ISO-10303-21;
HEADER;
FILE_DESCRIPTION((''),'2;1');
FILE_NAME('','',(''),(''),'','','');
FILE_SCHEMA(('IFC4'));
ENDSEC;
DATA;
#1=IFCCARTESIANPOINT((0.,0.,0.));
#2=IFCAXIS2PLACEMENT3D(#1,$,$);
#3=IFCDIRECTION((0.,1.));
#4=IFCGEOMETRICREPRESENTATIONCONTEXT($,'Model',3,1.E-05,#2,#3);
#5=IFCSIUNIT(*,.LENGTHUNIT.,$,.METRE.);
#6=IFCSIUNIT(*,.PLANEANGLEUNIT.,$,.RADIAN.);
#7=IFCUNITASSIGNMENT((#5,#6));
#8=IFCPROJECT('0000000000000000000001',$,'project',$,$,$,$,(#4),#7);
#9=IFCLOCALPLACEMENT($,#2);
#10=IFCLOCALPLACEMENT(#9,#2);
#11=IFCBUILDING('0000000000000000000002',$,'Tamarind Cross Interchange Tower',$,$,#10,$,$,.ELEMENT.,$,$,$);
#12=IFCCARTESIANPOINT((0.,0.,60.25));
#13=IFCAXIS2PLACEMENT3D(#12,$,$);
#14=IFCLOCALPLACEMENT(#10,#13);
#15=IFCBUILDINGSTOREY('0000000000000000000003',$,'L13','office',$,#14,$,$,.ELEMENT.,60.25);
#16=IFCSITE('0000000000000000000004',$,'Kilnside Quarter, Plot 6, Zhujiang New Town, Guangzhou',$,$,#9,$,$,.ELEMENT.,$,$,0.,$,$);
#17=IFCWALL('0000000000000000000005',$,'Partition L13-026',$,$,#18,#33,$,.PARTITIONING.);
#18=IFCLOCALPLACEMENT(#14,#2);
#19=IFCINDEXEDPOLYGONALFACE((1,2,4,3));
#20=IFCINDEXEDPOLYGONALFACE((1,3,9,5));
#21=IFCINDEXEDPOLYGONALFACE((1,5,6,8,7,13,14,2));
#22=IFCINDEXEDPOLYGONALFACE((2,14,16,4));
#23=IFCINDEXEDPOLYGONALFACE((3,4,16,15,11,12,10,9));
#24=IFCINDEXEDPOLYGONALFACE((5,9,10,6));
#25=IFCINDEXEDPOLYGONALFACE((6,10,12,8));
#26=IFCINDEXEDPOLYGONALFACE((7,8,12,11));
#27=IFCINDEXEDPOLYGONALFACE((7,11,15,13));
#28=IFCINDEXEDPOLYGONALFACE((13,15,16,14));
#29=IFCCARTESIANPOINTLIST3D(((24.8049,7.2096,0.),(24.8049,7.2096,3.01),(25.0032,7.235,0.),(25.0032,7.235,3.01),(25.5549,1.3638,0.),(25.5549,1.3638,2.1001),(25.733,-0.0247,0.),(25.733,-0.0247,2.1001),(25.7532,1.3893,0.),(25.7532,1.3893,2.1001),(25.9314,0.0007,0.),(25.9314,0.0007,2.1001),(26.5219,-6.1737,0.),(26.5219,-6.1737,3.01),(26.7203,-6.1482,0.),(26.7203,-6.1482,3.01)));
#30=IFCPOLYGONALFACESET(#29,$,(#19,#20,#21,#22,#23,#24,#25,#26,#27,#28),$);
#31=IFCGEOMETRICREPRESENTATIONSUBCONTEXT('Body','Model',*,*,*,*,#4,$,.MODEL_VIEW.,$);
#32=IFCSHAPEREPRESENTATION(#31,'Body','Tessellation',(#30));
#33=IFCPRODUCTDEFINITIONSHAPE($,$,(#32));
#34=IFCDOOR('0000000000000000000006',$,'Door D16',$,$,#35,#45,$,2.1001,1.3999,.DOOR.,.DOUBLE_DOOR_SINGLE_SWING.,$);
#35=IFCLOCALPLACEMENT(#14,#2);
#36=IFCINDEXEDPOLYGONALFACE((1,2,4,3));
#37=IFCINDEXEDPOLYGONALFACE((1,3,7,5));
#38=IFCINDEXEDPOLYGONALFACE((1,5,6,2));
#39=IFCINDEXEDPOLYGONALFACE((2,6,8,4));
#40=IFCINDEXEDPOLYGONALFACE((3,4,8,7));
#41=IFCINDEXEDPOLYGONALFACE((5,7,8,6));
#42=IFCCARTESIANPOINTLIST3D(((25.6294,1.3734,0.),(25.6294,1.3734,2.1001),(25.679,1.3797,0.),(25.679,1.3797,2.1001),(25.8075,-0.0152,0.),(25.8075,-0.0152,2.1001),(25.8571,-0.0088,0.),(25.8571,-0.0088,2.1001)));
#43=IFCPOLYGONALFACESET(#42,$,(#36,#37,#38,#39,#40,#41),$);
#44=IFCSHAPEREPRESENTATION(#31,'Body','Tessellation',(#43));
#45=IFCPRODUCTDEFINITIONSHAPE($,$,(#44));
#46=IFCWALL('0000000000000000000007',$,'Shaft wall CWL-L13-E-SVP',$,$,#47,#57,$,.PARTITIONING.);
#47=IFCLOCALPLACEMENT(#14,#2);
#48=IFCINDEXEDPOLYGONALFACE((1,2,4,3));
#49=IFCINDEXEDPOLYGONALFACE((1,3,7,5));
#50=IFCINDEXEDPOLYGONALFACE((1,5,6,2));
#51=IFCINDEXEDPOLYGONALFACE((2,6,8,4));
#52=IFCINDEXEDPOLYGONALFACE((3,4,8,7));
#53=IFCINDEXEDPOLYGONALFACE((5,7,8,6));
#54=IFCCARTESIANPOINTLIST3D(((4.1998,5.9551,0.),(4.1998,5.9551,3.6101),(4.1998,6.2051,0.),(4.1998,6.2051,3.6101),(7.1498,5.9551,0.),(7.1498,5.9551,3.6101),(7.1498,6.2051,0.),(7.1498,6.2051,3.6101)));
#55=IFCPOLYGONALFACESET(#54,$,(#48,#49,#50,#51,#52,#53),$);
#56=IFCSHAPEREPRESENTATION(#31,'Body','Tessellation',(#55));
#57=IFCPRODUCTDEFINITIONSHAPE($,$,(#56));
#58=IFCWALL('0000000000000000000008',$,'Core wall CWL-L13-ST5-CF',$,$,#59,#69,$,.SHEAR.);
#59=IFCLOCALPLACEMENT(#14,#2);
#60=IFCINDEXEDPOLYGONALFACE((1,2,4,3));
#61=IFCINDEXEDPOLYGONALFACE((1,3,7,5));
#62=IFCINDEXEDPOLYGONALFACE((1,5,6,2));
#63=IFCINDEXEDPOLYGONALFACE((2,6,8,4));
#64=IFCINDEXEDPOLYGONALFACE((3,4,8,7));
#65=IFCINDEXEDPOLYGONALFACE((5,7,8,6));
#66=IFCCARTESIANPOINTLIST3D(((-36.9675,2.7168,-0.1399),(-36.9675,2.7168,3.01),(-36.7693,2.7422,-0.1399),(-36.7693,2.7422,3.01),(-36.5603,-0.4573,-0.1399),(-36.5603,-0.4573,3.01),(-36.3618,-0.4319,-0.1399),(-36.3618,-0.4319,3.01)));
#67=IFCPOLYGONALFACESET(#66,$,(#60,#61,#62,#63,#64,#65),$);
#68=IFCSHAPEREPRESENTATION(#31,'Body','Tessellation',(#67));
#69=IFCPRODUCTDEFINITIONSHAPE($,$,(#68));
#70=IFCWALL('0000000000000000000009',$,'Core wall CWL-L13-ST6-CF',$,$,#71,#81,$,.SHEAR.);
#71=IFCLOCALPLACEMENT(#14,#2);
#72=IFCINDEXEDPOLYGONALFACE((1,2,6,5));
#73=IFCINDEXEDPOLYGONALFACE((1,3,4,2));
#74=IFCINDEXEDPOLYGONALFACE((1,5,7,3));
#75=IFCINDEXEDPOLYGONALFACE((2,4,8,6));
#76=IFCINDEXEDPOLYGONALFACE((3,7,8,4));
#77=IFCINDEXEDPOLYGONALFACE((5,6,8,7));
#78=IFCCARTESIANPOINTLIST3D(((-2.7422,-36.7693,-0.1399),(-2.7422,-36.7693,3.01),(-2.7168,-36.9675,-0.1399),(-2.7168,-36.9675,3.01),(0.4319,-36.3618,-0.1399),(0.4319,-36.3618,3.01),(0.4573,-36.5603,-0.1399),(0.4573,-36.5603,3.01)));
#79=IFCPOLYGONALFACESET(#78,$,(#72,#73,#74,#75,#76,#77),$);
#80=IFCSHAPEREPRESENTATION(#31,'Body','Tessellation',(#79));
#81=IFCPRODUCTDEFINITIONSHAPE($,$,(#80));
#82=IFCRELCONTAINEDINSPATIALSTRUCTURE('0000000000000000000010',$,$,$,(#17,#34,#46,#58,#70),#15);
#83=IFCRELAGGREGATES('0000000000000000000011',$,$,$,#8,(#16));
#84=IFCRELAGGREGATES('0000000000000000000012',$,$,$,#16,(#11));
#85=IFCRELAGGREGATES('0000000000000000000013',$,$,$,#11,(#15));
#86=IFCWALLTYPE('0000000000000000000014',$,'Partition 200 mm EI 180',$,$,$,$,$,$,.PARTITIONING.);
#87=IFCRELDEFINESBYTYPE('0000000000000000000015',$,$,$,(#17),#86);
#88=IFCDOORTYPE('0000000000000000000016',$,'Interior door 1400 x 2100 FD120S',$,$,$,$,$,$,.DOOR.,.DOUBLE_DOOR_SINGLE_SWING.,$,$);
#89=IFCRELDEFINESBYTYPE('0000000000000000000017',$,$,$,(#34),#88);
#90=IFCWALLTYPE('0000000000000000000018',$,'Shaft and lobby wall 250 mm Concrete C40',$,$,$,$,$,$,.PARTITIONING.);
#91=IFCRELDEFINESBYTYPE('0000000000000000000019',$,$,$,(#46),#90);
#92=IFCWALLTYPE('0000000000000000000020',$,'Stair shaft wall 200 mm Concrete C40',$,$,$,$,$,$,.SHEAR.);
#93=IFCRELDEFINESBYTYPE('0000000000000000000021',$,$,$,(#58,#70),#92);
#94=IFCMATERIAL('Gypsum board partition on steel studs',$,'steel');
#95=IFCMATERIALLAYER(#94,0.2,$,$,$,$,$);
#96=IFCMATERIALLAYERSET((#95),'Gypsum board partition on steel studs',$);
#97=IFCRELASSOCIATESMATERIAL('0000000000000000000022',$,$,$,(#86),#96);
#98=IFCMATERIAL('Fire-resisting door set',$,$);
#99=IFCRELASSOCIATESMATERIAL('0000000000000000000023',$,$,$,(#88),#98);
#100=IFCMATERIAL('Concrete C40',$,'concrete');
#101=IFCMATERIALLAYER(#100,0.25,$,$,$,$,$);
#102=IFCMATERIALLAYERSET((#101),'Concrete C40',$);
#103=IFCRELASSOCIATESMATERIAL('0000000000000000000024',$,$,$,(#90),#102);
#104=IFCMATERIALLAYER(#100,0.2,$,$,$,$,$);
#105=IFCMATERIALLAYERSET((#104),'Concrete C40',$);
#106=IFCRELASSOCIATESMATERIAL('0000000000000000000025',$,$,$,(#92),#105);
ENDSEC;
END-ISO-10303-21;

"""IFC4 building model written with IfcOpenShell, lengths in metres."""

from ifc_helpers import new_model, si_unit, direction, frame, frame_2d, origin, place, context, subcontext, project, spatial, polyline, rectangle, outline, extrude, material, layer, layer_set, type_object, element, fill, save


model = new_model("IFC4")

# Units and contexts
model_context = context("Model", 3, precision=1e-05, world=origin(), true_north=direction((0.0, 1.0)))
body_context = subcontext(model_context, "Body", "Model", "MODEL_VIEW")
ifc_project = project(units=[si_unit("LENGTHUNIT", "METRE"), si_unit("PLANEANGLEUNIT", "RADIAN")], contexts=[model_context])

# Site, building, storey
site_placement = place(None, origin())
site = spatial("IfcSite", under=ifc_project, at=site_placement, Name="Kilnside Quarter, Plot 6, Zhujiang New Town, Guangzhou", CompositionType="ELEMENT", RefElevation=0.0)
building_placement = place(site_placement, origin())
building = spatial("IfcBuilding", under=site, at=building_placement, Name="Tamarind Cross Interchange Tower", CompositionType="ELEMENT")
storey_placement = place(building_placement, frame((0.0, 0.0, 60.25)))
storey = spatial("IfcBuildingStorey", under=building, at=storey_placement, Name="L13", Description="office", CompositionType="ELEMENT", Elevation=60.25)

# Shared definitions
ifc_material_1 = material(Name="Concrete C40", Category="concrete")

# Shared definitions
ifc_material_2 = material(Name="Gypsum board partition on steel studs", Category="steel")

# Shared definitions
ifc_material_3 = material(Name="Fire-resisting door set")

# Wall, opening, door
ifc_layer_1 = layer(ifc_material_2, 0.2)
ifc_layer_set_1 = layer_set([ifc_layer_1], Name="Gypsum board partition on steel studs")
wall_type_1 = type_object("IfcWallType", Name="Partition 200 mm EI 180", PredefinedType="PARTITIONING", material=ifc_layer_set_1)
wall_1_placement = place(storey_placement, frame((24.9041, 7.2224, 0.0), z_axis=(0.0, 0.0, 1.0), x_axis=(0.127254, -0.99187, 0.0)))
wall_1 = element("IfcWall", 1, at=wall_1_placement, inside=storey, type_object=wall_type_1, Name="Partition L13-026", PredefinedType="PARTITIONING", context=body_context, shape_type="SweptSolid", body=[
    extrude(rectangle(XDim=13.4929, YDim=0.2, at=frame_2d((6.7466, 0.0))), origin(), (0.0, 0.0, 1.0), 3.01),
])
opening_1_placement = place(wall_1_placement, frame((5.8938, 0.0, 0.0)))
opening_1 = element("IfcOpeningElement", 2, at=opening_1_placement, cuts=wall_1, PredefinedType="OPENING", context=body_context, shape_type="SweptSolid", body=[
    extrude(rectangle(XDim=1.3999, YDim=2.1001, at=frame_2d((0.7, 1.05))), frame((0.0, 0.1099, 0.0), z_axis=(0.0, -1.0, 0.0), x_axis=(1.0, 0.0, 0.0)), (0.0, 0.0, 1.0), 0.22),
])
door_type_1 = type_object("IfcDoorType", Name="Interior door 1400 x 2100 FD120S", OperationType="DOUBLE_DOOR_SINGLE_SWING", PredefinedType="DOOR", material=ifc_material_3)
door_1_placement = place(opening_1_placement, frame((1.3999, 0.0, 0.0), z_axis=(0.0, 0.0, 1.0), x_axis=(-1.0, 0.0, 0.0)))
door_1 = element("IfcDoor", 3, at=door_1_placement, inside=storey, type_object=door_type_1, Name="Door D16", OperationType="DOUBLE_DOOR_SINGLE_SWING", OverallHeight=2.1001, OverallWidth=1.3999, PredefinedType="DOOR", context=body_context, shape_type="SweptSolid", body=[
    extrude(rectangle(XDim=1.3999, YDim=2.1001, at=frame_2d((0.7, 1.05))), frame((0.0, 0.0249, 0.0), z_axis=(0.0, -1.0, 0.0), x_axis=(1.0, 0.0, 0.0)), (0.0, 0.0, 1.0), 0.05),
])
fill(opening_1, door_1)

# Walls
ifc_layer_2 = layer(ifc_material_1, 0.25)
ifc_layer_set_2 = layer_set([ifc_layer_2], Name="Concrete C40")
wall_type_2 = type_object("IfcWallType", Name="Shaft and lobby wall 250 mm Concrete C40", PredefinedType="PARTITIONING", material=ifc_layer_set_2)
wall_2_placement = place(storey_placement, frame((7.1499, 6.0801, 0.0), z_axis=(0.0, 0.0, 1.0), x_axis=(-1.0, 0.0, 0.0)))
element("IfcWall", 4, at=wall_2_placement, inside=storey, type_object=wall_type_2, Name="Shaft wall CWL-L13-E-SVP", PredefinedType="PARTITIONING", context=body_context, shape_type="SweptSolid", body=[
    extrude(rectangle(XDim=2.95, YDim=0.25, at=frame_2d((1.4751, 0.0))), origin(), (0.0, 0.0, 1.0), 3.6101),
])
ifc_layer_3 = layer(ifc_material_1, 0.2)
ifc_layer_set_3 = layer_set([ifc_layer_3], Name="Concrete C40")
wall_type_3 = type_object("IfcWallType", Name="Stair shaft wall 200 mm Concrete C40", PredefinedType="SHEAR", material=ifc_layer_set_3)
wall_3_placement = place(storey_placement, frame((0.0, 0.0, -0.1399)))
element("IfcWall", 5, at=wall_3_placement, inside=storey, type_object=wall_type_3, Name="Core wall CWL-L13-ST5-CF", PredefinedType="SHEAR", context=body_context, shape_type="SweptSolid", body=[
    extrude(outline(polyline([(-36.7693, 2.7422), (-36.9675, 2.7168), (-36.5603, -0.4573), (-36.3618, -0.4319), (-36.7693, 2.7422)])), origin(), (0.0, 0.0, 1.0), 3.1499),
])
wall_4_placement = place(storey_placement, frame((0.0, 0.0, -0.1399)))
element("IfcWall", 6, at=wall_4_placement, inside=storey, type_object=wall_type_3, Name="Core wall CWL-L13-ST6-CF", PredefinedType="SHEAR", context=body_context, shape_type="SweptSolid", body=[
    extrude(outline(polyline([(-2.7422, -36.7693), (-2.7168, -36.9675), (0.4573, -36.5603), (0.4319, -36.3618), (-2.7422, -36.7693)])), origin(), (0.0, 0.0, 1.0), 3.1499),
])

save(model, "model.ifc")
